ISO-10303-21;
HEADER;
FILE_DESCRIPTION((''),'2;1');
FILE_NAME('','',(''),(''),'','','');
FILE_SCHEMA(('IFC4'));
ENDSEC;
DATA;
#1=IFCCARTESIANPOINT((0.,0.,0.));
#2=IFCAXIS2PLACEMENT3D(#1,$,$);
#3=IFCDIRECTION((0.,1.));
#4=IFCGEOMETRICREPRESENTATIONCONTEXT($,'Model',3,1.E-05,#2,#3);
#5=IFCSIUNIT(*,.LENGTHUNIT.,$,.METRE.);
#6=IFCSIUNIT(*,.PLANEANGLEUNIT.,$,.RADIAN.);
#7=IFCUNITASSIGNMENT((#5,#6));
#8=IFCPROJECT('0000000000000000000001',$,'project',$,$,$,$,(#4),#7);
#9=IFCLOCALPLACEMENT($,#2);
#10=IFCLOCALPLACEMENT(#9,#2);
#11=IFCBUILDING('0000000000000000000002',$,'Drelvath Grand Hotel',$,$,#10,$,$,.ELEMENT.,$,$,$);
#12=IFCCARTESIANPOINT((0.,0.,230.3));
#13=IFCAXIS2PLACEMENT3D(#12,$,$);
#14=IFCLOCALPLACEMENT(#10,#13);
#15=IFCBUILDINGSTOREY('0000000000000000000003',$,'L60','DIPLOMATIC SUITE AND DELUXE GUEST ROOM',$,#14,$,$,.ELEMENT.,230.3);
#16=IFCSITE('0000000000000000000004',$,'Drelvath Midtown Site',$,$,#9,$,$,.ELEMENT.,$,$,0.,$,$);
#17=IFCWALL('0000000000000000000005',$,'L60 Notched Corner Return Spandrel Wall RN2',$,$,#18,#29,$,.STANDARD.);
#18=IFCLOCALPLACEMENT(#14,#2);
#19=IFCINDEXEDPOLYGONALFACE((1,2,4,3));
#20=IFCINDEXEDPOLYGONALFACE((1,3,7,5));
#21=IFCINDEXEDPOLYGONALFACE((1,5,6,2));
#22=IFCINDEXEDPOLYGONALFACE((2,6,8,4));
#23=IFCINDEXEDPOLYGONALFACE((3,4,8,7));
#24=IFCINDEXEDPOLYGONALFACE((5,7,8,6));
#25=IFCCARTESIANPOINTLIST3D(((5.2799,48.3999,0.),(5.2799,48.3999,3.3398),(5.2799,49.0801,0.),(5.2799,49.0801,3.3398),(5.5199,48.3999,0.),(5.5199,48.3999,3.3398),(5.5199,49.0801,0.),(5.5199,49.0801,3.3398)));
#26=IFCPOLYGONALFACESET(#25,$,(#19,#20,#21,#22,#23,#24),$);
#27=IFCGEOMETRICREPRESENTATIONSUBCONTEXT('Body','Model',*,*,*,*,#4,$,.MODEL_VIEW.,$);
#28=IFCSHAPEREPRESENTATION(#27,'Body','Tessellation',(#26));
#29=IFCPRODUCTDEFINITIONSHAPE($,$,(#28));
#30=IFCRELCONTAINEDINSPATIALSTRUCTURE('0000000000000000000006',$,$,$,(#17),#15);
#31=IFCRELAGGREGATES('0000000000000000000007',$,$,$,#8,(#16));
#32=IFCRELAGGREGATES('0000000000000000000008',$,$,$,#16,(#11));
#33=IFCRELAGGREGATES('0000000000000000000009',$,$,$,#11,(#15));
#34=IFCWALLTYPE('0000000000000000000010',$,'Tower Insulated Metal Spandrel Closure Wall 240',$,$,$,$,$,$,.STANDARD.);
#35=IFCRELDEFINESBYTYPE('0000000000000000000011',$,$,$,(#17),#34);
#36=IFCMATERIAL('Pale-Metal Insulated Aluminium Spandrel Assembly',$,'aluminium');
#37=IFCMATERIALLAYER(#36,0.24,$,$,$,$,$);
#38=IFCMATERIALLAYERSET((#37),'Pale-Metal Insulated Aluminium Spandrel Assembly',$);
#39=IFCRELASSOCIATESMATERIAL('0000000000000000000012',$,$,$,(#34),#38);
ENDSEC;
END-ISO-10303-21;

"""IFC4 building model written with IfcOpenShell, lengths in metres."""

from ifc_helpers import new_model, si_unit, direction, frame, frame_2d, origin, place, context, subcontext, project, spatial, rectangle, extrude, material, layer, layer_set, type_object, element, save


model = new_model("IFC4")

# Units and contexts
model_context = context("Model", 3, precision=1e-05, world=origin(), true_north=direction((0.0, 1.0)))
body_context = subcontext(model_context, "Body", "Model", "MODEL_VIEW")
ifc_project = project(units=[si_unit("LENGTHUNIT", "METRE"), si_unit("PLANEANGLEUNIT", "RADIAN")], contexts=[model_context])

# Site, building, storey
site_placement = place(None, origin())
site = spatial("IfcSite", under=ifc_project, at=site_placement, Name="Drelvath Midtown Site", CompositionType="ELEMENT", RefElevation=0.0)
building_placement = place(site_placement, origin())
building = spatial("IfcBuilding", under=site, at=building_placement, Name="Drelvath Grand Hotel", CompositionType="ELEMENT")
storey_placement = place(building_placement, frame((0.0, 0.0, 230.3)))
storey = spatial("IfcBuildingStorey", under=building, at=storey_placement, Name="L60", Description="DIPLOMATIC SUITE AND DELUXE GUEST ROOM", CompositionType="ELEMENT", Elevation=230.3)

# Wall
ifc_material_1 = material(Name="Pale-Metal Insulated Aluminium Spandrel Assembly", Category="aluminium")
ifc_layer_1 = layer(ifc_material_1, 0.24)
ifc_layer_set_1 = layer_set([ifc_layer_1], Name="Pale-Metal Insulated Aluminium Spandrel Assembly")
wall_type_1 = type_object("IfcWallType", Name="Tower Insulated Metal Spandrel Closure Wall 240", PredefinedType="STANDARD", material=ifc_layer_set_1)
wall_1_placement = place(storey_placement, frame((5.3999, 48.3999, 0.0), z_axis=(0.0, 0.0, 1.0), x_axis=(0.0, 1.0, 0.0)))
element("IfcWall", 1, at=wall_1_placement, inside=storey, type_object=wall_type_1, Name="L60 Notched Corner Return Spandrel Wall RN2", PredefinedType="STANDARD", context=body_context, shape_type="SweptSolid", body=[
    extrude(rectangle(XDim=0.6802, YDim=0.24, at=frame_2d((0.3401, 0.0))), origin(), (0.0, 0.0, 1.0), 3.3398),
])

save(model, "model.ifc")
